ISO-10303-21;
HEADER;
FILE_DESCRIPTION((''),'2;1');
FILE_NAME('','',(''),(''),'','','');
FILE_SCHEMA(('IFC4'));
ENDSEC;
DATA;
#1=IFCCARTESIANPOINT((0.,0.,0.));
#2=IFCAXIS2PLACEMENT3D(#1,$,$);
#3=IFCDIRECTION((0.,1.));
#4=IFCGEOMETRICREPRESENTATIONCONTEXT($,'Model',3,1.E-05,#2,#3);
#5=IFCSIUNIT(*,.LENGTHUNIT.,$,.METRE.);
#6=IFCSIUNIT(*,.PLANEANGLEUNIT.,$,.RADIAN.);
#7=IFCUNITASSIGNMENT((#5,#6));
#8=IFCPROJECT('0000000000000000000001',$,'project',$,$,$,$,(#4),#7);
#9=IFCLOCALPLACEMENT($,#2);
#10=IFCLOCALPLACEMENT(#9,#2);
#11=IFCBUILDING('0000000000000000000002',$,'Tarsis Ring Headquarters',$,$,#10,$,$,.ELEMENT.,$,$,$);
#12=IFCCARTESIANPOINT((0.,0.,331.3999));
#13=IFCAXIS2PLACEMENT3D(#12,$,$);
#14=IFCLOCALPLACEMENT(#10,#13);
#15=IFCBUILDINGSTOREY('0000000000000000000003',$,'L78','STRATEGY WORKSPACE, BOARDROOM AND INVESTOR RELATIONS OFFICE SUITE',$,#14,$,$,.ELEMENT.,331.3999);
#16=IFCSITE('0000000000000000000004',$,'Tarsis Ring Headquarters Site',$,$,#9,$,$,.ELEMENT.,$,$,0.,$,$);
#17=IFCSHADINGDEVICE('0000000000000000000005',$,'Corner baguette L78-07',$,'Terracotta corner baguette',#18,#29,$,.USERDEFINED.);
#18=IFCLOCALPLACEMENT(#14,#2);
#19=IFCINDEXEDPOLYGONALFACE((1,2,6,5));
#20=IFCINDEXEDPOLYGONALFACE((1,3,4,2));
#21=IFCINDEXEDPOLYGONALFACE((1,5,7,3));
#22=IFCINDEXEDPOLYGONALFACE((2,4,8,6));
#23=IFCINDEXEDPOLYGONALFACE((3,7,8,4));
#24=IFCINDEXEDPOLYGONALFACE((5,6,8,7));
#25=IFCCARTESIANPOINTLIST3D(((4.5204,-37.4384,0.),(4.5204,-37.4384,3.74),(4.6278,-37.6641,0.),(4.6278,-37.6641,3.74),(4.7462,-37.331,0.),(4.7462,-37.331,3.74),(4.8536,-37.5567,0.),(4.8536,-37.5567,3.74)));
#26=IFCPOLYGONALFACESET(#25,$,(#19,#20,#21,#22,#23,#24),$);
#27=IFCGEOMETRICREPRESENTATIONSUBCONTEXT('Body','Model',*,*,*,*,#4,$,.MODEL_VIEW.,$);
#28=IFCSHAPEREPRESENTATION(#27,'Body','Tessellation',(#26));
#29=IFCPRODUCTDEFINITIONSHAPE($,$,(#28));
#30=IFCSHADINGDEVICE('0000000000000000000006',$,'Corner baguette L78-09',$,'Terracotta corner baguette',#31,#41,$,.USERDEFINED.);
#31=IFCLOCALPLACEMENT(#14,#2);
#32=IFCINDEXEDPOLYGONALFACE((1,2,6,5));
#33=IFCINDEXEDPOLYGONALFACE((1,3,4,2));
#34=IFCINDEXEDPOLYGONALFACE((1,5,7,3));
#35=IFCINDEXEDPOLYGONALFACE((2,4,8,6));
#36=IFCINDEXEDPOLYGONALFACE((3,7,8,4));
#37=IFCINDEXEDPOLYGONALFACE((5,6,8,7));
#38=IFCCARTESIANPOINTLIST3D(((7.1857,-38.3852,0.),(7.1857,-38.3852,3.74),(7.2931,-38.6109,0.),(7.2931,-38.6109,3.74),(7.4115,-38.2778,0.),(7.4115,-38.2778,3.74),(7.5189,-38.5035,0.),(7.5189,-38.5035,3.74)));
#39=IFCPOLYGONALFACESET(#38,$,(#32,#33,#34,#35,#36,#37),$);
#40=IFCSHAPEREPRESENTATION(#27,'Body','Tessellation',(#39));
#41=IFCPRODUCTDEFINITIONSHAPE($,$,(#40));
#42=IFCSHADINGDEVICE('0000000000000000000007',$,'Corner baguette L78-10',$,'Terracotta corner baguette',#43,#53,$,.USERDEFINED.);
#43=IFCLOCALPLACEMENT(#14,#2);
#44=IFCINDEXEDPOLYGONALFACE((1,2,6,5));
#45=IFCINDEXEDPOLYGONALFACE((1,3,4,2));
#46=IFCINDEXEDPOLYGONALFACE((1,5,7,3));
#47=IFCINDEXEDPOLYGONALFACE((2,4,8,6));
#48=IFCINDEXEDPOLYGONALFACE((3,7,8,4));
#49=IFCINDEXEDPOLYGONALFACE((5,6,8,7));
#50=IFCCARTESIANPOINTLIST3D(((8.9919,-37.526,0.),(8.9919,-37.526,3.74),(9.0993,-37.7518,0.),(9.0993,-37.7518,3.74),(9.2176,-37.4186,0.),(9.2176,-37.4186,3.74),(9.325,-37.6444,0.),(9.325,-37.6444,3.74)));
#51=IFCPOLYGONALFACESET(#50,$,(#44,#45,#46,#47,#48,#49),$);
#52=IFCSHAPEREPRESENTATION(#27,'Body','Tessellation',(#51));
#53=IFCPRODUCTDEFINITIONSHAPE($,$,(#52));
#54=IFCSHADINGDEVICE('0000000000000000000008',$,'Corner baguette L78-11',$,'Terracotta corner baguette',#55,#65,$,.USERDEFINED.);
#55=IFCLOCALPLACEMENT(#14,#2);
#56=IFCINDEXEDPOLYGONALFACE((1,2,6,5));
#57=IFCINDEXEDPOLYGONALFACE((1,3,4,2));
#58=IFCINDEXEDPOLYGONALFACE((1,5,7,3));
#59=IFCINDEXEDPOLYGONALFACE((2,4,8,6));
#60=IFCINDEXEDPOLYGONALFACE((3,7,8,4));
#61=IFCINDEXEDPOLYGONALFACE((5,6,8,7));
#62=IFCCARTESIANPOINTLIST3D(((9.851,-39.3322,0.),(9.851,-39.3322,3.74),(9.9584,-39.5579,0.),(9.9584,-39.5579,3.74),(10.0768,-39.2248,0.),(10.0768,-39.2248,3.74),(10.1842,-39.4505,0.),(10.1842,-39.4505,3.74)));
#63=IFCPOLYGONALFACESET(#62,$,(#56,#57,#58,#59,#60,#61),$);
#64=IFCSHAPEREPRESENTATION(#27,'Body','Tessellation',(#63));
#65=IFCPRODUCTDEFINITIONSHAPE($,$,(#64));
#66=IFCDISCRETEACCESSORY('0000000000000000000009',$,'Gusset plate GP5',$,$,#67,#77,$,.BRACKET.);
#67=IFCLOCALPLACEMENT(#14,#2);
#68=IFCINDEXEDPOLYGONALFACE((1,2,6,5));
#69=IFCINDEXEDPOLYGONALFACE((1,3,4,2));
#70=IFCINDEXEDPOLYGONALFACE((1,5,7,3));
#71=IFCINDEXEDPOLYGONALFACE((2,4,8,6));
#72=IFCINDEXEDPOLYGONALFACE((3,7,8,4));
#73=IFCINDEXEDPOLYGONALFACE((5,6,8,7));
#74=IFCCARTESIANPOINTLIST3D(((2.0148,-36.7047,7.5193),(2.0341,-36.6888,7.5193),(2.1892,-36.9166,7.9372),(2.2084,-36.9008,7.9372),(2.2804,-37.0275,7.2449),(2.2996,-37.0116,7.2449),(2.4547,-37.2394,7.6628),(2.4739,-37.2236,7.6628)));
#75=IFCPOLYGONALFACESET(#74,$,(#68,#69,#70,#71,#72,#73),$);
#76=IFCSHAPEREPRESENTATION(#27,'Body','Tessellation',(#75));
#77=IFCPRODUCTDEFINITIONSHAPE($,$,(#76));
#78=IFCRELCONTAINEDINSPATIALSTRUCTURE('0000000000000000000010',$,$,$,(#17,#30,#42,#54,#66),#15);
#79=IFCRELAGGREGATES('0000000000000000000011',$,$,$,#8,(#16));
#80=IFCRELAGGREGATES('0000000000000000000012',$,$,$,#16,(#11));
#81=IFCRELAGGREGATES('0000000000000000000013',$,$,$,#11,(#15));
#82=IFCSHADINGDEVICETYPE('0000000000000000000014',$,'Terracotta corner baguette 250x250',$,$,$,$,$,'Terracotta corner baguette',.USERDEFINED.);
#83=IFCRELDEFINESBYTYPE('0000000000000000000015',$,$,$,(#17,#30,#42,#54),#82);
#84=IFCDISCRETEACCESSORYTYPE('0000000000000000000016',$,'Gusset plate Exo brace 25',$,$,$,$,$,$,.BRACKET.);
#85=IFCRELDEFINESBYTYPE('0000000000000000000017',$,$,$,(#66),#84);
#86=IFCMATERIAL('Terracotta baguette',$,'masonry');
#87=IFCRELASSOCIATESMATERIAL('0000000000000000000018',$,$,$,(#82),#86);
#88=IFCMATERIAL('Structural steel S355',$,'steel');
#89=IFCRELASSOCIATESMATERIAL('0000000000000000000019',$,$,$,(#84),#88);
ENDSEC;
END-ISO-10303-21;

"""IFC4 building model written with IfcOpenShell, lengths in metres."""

from ifc_helpers import new_model, si_unit, direction, frame, origin, origin_2d, place, context, subcontext, project, spatial, rectangle, extrude, material, material_profile, profile_set, type_object, element, save


model = new_model("IFC4")

# Units and contexts
model_context = context("Model", 3, precision=1e-05, world=origin(), true_north=direction((0.0, 1.0)))
body_context = subcontext(model_context, "Body", "Model", "MODEL_VIEW")
ifc_project = project(units=[si_unit("LENGTHUNIT", "METRE"), si_unit("PLANEANGLEUNIT", "RADIAN")], contexts=[model_context])

# Site, building, storey
site_placement = place(None, origin())
site = spatial("IfcSite", under=ifc_project, at=site_placement, Name="Tarsis Ring Headquarters Site", CompositionType="ELEMENT", RefElevation=0.0)
building_placement = place(site_placement, origin())
building = spatial("IfcBuilding", under=site, at=building_placement, Name="Tarsis Ring Headquarters", CompositionType="ELEMENT")
storey_placement = place(building_placement, frame((0.0, 0.0, 331.3999)))
storey = spatial("IfcBuildingStorey", under=building, at=storey_placement, Name="L78", Description="STRATEGY WORKSPACE, BOARDROOM AND INVESTOR RELATIONS OFFICE SUITE", CompositionType="ELEMENT", Elevation=331.3999)

# Shared definitions
ifc_material_1 = material(Name="Structural steel S355", Category="steel")

# Shading devices
ifc_material_2 = material(Name="Terracotta baguette", Category="masonry")
shading_device_type_1 = type_object("IfcShadingDeviceType", Name="Terracotta corner baguette 250x250", ElementType="Terracotta corner baguette", PredefinedType="USERDEFINED", material=ifc_material_2)
for number, where, z_axis, x_axis, name in (
    (1, (4.687, -37.4976, 0.0), (0.0, 0.0, 1.0), (0.429566, -0.903036, 0.0), "Corner baguette L78-07"),
    (2, (7.3523, -38.4443, 0.0), (0.0, 0.0, 1.0), (0.429565, -0.903036, 0.0), "Corner baguette L78-09"),
    (3, (9.1584, -37.5852, 0.0), (0.0, 0.0, 1.0), (0.903036, 0.429566, 0.0), "Corner baguette L78-10"),
    (4, (10.0176, -39.3914, 0.0), (0.0, 0.0, 1.0), (0.429566, -0.903036, 0.0), "Corner baguette L78-11"),
):
    element("IfcShadingDevice", number, at=place(storey_placement, frame(where, z_axis=z_axis, x_axis=x_axis)), inside=storey, type_object=shading_device_type_1, Name=name, ObjectType="Terracotta corner baguette", PredefinedType="USERDEFINED", context=body_context, shape_type="SweptSolid", body=[
        extrude(rectangle(XDim=0.25, YDim=0.25, at=origin_2d()), origin(), (0.0, 0.0, 1.0), 3.74),
    ])

# Discrete accessory
ifc_material_profile_1 = material_profile(ifc_material_1, rectangle(XDim=0.0249, YDim=0.5, at=origin_2d()), Name="PL 25x500")
ifc_profile_set_1 = profile_set([ifc_material_profile_1], Name="Structural steel S355")
discrete_accessory_type = type_object("IfcDiscreteAccessoryType", Name="Gusset plate Exo brace 25", PredefinedType="BRACKET", material=ifc_profile_set_1)
discrete_accessory_placement = place(storey_placement, frame((2.3315, -37.0701, 7.8), z_axis=(-0.348639, 0.423835, -0.835951), x_axis=(-0.77229, -0.635271, 0.0)))
element("IfcDiscreteAccessory", 5, at=discrete_accessory_placement, inside=storey, type_object=discrete_accessory_type, Name="Gusset plate GP5", PredefinedType="BRACKET", context=body_context, shape_type="SweptSolid", body=[
    extrude(rectangle(XDim=0.0249, YDim=0.5, at=origin_2d()), origin(), (0.0, 0.0, 1.0), 0.5),
])

save(model, "model.ifc")
